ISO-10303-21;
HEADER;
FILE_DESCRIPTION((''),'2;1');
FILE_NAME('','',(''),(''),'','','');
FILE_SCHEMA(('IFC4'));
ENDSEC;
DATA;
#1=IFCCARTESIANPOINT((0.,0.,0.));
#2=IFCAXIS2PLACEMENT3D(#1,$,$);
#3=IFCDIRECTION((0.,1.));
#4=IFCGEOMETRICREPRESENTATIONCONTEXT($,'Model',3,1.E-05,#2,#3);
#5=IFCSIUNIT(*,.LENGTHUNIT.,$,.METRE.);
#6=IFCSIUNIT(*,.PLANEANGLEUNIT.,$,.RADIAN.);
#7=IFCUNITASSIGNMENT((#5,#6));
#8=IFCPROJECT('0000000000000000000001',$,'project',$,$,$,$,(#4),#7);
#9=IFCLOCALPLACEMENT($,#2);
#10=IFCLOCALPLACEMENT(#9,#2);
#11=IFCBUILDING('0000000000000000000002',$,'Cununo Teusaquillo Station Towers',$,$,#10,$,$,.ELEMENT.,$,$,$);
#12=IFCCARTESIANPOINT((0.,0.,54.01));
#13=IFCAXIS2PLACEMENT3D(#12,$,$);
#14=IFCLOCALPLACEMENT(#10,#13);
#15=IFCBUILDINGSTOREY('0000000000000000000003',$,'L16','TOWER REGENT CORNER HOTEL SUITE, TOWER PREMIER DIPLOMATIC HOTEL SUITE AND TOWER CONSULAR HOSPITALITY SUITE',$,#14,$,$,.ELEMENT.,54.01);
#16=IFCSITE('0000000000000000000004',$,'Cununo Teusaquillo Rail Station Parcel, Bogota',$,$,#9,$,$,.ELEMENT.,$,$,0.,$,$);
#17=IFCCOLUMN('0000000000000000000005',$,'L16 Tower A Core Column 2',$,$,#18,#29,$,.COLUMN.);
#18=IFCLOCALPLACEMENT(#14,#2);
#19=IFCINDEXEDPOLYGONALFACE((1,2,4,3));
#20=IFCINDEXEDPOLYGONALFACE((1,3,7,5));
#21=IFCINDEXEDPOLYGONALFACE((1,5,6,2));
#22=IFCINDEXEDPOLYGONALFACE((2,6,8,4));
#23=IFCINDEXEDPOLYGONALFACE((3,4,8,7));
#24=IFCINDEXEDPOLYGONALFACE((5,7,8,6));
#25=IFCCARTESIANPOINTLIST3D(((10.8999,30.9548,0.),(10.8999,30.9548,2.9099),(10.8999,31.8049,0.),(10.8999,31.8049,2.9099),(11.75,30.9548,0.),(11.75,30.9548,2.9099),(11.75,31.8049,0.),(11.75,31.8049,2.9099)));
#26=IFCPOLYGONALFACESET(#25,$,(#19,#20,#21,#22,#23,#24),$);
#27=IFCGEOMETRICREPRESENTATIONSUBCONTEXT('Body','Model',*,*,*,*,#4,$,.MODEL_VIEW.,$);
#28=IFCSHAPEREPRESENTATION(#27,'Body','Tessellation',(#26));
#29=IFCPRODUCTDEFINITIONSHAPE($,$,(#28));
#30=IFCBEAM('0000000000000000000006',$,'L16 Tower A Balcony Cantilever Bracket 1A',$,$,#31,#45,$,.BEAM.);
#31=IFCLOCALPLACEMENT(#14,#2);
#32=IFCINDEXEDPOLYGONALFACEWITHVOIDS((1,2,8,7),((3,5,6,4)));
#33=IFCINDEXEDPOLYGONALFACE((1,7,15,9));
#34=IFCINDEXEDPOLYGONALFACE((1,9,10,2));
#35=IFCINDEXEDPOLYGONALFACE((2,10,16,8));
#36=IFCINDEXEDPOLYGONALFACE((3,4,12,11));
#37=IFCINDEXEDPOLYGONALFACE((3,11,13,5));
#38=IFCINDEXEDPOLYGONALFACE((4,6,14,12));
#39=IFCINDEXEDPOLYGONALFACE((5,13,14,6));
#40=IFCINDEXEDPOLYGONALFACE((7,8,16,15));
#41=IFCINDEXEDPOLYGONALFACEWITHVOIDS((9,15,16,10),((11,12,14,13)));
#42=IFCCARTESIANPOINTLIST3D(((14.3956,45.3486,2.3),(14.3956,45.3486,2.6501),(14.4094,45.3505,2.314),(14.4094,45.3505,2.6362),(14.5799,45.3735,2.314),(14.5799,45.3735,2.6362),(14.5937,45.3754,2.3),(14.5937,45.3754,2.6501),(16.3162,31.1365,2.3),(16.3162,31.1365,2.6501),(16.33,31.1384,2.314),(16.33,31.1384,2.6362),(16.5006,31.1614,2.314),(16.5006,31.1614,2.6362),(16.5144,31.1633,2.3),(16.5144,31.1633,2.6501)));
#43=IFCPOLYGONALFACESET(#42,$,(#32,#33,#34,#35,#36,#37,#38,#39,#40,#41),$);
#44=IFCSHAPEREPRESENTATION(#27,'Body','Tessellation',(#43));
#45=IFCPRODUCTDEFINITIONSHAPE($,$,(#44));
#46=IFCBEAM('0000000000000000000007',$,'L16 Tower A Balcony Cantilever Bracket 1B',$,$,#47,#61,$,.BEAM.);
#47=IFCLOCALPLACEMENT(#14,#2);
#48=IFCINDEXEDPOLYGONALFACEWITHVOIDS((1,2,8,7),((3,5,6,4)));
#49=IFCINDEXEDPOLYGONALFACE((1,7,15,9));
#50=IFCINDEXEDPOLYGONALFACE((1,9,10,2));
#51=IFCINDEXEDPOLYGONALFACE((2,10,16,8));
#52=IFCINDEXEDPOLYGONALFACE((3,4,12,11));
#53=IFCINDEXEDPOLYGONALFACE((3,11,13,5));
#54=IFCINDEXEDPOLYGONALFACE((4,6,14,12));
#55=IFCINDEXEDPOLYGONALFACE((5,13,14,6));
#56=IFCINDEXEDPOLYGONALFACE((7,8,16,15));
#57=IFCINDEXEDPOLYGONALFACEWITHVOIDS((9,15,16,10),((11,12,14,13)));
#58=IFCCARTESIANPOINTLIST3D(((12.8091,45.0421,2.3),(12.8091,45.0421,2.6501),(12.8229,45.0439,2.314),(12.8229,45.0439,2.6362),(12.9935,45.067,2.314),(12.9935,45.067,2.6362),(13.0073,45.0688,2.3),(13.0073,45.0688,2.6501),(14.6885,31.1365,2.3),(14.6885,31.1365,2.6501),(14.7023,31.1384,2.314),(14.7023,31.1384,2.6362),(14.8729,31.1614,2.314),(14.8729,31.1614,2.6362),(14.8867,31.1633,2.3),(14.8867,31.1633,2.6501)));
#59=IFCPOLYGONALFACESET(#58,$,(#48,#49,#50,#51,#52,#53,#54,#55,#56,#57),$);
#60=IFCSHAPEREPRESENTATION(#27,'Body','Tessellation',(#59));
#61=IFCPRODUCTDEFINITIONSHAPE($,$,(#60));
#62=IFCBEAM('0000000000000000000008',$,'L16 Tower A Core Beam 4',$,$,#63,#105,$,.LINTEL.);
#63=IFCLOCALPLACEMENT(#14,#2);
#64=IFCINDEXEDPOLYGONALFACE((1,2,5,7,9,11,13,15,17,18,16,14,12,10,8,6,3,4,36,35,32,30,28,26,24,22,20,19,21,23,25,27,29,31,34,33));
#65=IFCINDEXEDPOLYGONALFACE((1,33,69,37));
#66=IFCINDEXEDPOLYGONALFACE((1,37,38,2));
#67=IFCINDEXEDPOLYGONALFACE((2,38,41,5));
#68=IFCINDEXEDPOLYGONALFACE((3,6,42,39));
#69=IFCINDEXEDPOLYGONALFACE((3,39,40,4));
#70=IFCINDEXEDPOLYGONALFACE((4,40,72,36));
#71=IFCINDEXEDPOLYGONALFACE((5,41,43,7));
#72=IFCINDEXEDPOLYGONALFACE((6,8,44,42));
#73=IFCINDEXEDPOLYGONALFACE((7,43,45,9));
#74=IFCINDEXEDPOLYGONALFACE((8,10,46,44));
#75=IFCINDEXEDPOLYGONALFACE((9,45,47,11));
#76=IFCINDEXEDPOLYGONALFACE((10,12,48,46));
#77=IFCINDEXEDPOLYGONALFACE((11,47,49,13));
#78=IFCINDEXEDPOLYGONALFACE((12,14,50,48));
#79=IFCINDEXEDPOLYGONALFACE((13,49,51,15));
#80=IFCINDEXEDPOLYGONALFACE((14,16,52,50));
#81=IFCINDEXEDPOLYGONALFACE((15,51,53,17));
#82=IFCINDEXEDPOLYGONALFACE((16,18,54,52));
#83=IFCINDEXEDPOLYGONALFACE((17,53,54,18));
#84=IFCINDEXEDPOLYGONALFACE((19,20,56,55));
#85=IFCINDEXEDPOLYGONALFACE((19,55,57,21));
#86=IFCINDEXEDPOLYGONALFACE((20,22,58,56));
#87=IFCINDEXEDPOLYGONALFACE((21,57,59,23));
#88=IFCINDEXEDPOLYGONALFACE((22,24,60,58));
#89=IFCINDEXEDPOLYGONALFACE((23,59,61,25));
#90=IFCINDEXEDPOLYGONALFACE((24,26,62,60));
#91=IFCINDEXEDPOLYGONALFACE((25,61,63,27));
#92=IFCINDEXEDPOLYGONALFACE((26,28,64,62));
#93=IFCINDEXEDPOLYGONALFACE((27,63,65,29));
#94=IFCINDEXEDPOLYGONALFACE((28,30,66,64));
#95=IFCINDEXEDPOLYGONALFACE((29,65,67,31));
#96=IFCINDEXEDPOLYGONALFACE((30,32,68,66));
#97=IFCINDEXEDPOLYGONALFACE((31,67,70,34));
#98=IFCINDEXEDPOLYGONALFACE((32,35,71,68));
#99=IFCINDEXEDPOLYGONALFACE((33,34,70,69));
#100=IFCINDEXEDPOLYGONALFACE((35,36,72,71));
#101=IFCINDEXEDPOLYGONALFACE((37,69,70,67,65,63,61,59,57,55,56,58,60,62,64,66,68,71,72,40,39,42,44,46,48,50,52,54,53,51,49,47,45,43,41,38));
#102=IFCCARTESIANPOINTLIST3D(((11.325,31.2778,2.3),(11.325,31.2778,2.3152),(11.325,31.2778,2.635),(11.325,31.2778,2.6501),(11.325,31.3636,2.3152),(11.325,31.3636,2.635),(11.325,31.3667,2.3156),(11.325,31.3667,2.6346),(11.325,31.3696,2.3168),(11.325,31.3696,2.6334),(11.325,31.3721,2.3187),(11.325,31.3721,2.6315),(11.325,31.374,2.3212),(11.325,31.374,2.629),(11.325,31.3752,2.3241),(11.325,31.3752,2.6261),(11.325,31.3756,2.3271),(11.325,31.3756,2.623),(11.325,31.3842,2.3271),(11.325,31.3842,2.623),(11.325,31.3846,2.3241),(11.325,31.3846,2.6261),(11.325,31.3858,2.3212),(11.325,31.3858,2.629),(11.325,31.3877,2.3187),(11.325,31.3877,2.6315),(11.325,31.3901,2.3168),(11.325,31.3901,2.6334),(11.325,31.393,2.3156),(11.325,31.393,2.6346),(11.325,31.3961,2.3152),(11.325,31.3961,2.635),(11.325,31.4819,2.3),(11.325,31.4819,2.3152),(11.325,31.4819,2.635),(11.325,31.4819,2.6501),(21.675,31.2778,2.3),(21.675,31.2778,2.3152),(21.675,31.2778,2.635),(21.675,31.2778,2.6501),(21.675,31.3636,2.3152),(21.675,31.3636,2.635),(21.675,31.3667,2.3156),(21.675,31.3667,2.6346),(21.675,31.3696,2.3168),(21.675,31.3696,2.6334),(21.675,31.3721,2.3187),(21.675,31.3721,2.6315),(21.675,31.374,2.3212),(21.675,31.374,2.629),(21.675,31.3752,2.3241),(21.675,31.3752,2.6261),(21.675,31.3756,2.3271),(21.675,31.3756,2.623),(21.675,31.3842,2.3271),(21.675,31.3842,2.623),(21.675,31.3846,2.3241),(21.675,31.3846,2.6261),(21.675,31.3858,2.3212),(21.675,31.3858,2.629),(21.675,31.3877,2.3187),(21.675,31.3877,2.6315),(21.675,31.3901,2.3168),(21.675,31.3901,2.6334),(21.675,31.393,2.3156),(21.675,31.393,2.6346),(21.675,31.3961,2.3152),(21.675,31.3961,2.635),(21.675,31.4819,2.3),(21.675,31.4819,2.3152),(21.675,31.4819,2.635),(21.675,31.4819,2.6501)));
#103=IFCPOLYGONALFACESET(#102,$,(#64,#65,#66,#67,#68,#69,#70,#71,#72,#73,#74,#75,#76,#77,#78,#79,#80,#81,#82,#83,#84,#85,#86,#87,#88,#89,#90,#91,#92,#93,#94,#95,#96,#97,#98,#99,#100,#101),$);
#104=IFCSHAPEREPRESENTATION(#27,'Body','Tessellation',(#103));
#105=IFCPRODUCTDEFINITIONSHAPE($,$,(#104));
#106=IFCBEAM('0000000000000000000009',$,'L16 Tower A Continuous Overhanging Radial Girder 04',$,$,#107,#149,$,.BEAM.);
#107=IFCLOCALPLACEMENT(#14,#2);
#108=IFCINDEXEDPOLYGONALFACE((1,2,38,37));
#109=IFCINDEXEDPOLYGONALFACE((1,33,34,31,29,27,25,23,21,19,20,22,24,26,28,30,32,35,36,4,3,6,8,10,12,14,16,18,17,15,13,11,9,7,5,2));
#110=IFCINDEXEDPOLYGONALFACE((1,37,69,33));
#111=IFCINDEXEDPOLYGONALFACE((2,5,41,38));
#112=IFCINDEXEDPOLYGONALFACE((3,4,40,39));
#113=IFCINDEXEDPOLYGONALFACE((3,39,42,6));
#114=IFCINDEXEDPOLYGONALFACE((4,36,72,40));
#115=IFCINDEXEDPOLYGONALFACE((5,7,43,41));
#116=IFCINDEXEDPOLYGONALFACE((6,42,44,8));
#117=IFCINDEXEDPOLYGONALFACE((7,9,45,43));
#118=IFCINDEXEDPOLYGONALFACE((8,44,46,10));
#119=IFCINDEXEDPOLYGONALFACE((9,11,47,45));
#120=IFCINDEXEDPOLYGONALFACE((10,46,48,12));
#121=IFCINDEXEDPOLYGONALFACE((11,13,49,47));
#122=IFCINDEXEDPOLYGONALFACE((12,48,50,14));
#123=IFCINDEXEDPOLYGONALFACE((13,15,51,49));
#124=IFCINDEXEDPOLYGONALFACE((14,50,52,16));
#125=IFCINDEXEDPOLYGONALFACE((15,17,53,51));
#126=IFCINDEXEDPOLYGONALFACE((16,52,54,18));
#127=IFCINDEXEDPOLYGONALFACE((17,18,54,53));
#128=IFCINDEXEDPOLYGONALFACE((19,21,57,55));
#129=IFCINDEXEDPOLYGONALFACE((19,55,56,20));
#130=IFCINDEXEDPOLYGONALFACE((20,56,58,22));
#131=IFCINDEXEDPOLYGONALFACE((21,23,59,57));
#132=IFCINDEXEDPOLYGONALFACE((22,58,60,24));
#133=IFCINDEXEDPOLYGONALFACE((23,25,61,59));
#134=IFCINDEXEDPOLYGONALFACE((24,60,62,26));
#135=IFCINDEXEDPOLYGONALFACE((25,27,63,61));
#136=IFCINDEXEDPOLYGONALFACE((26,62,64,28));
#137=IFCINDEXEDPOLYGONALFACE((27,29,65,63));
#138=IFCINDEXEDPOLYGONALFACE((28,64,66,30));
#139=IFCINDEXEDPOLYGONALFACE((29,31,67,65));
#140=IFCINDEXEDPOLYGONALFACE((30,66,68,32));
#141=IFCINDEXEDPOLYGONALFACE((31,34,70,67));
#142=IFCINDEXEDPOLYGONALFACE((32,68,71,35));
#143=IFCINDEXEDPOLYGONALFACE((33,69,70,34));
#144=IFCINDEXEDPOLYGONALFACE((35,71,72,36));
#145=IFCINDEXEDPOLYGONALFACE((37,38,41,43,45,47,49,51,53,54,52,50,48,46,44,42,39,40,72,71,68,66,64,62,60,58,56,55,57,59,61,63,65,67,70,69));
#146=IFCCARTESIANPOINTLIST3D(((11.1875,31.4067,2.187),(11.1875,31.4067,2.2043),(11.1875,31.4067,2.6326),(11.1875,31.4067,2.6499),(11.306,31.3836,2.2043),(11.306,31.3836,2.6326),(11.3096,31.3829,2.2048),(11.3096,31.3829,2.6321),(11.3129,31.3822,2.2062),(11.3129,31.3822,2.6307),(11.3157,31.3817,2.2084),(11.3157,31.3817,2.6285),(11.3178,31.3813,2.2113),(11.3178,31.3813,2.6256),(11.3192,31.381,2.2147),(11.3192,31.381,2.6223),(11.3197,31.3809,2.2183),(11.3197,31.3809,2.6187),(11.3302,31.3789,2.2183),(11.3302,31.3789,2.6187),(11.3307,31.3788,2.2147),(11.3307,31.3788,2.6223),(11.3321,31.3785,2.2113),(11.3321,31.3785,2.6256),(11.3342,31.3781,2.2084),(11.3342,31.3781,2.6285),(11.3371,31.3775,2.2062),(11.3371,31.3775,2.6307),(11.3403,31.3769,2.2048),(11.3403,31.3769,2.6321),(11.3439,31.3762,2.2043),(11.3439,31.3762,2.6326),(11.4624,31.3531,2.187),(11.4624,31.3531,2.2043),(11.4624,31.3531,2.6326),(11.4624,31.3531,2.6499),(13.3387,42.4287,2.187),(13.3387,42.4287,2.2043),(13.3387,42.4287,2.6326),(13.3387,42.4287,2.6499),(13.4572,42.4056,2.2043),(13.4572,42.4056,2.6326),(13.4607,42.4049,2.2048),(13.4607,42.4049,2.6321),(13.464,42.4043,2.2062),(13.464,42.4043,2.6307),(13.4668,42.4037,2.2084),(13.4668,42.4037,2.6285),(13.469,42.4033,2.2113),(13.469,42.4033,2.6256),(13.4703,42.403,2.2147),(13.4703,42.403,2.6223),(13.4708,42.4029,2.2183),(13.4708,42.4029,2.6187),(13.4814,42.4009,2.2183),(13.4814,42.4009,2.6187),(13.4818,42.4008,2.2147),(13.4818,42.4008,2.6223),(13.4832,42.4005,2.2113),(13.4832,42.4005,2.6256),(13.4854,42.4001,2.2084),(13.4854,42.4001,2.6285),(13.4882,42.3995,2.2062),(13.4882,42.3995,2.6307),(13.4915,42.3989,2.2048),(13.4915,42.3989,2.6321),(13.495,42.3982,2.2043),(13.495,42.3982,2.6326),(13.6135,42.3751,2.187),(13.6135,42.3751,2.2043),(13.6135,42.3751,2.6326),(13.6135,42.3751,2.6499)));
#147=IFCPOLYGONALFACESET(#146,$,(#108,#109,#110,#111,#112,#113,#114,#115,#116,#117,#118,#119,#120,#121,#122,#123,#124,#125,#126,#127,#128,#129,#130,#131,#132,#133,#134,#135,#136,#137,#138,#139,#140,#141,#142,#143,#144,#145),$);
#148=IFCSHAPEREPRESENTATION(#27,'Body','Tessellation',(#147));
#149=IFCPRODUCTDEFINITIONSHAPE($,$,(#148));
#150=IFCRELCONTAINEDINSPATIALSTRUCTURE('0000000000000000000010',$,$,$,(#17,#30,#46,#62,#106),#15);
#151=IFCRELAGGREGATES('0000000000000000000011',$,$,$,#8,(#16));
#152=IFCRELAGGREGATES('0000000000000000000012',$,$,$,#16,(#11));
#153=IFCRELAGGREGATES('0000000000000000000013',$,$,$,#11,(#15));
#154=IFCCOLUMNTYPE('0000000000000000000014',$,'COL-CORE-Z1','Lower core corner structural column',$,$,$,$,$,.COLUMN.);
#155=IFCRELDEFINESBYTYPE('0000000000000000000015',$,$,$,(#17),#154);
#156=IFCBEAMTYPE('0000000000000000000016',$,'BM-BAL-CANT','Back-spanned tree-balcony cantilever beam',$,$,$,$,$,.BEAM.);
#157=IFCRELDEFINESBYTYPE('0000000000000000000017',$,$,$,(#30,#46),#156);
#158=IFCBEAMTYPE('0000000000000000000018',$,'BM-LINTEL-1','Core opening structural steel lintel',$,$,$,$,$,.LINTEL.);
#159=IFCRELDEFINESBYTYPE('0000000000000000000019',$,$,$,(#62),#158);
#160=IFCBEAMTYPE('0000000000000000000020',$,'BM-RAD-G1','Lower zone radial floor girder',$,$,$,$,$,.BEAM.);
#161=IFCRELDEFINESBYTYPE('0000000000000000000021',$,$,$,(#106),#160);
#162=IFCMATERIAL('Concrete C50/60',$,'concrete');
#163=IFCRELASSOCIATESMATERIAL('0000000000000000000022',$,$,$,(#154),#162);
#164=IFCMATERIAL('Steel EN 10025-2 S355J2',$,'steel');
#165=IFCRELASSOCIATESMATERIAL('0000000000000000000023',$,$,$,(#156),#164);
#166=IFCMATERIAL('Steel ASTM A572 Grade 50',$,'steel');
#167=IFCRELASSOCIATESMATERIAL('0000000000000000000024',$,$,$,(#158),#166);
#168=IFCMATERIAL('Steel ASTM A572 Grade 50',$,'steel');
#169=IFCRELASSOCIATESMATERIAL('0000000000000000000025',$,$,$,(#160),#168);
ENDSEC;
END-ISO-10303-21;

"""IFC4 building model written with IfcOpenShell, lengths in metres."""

from ifc_helpers import new_model, si_unit, direction, frame, origin, origin_2d, place, context, subcontext, project, spatial, rectangle, hollow_rectangle, i_section, extrude, material, material_profile, profile_set, type_object, element, save


model = new_model("IFC4")

# Units and contexts
model_context = context("Model", 3, precision=1e-05, world=origin(), true_north=direction((0.0, 1.0)))
body_context = subcontext(model_context, "Body", "Model", "MODEL_VIEW")
ifc_project = project(units=[si_unit("LENGTHUNIT", "METRE"), si_unit("PLANEANGLEUNIT", "RADIAN")], contexts=[model_context])

# Site, building, storey
site_placement = place(None, origin())
site = spatial("IfcSite", under=ifc_project, at=site_placement, Name="Cununo Teusaquillo Rail Station Parcel, Bogota", CompositionType="ELEMENT", RefElevation=0.0)
building_placement = place(site_placement, origin())
building = spatial("IfcBuilding", under=site, at=building_placement, Name="Cununo Teusaquillo Station Towers", CompositionType="ELEMENT")
storey_placement = place(building_placement, frame((0.0, 0.0, 54.01)))
storey = spatial("IfcBuildingStorey", under=building, at=storey_placement, Name="L16", Description="TOWER REGENT CORNER HOTEL SUITE, TOWER PREMIER DIPLOMATIC HOTEL SUITE AND TOWER CONSULAR HOSPITALITY SUITE", CompositionType="ELEMENT", Elevation=54.01)

# Column
ifc_material_1 = material(Name="Concrete C50/60", Category="concrete")
ifc_material_profile_1 = material_profile(ifc_material_1, rectangle(XDim=0.8501, YDim=0.8501, at=origin_2d()), Name="RC-RECT-850x850")
ifc_profile_set_1 = profile_set([ifc_material_profile_1], Name="Concrete C50/60")
column_type = type_object("IfcColumnType", Name="COL-CORE-Z1", Description="Lower core corner structural column", PredefinedType="COLUMN", material=ifc_profile_set_1)
column_placement = place(storey_placement, frame((11.325, 31.3799, 0.0), z_axis=(0.0, 0.0, 1.0), x_axis=(1.0, 0.0, 0.0)))
element("IfcColumn", 1, at=column_placement, inside=storey, type_object=column_type, Name="L16 Tower A Core Column 2", PredefinedType="COLUMN", context=body_context, shape_type="SweptSolid", body=[
    extrude(rectangle(XDim=0.8501, YDim=0.8501, at=origin_2d()), origin(), (0.0, 0.0, 1.0), 2.9099),
])

# Beams
ifc_material_2 = material(Name="Steel EN 10025-2 S355J2", Category="steel")
ifc_material_profile_2 = material_profile(ifc_material_2, hollow_rectangle(XDim=0.2, YDim=0.3501, WallThickness=0.0139, at=origin_2d()), Name="RHS 350x200x14")
ifc_profile_set_2 = profile_set([ifc_material_profile_2], Name="Steel EN 10025-2 S355J2")
beam_type_1 = type_object("IfcBeamType", Name="BM-BAL-CANT", Description="Back-spanned tree-balcony cantilever beam", PredefinedType="BEAM", material=ifc_profile_set_2)
beam_1_placement = place(storey_placement, frame((16.4153, 31.1499, 2.4751), z_axis=(-0.133924, 0.990992, 0.0), x_axis=(-0.990992, -0.133924, 0.0)))
element("IfcBeam", 2, at=beam_1_placement, inside=storey, type_object=beam_type_1, Name="L16 Tower A Balcony Cantilever Bracket 1A", PredefinedType="BEAM", context=body_context, shape_type="SweptSolid", body=[
    extrude(hollow_rectangle(XDim=0.2, YDim=0.3501, WallThickness=0.0139, at=origin_2d()), origin(), (0.0, 0.0, 1.0), 14.3413),
])
beam_2_placement = place(storey_placement, frame((14.7876, 31.1499, 2.4751), z_axis=(-0.133937, 0.99099, 0.0), x_axis=(-0.99099, -0.133937, 0.0)))
element("IfcBeam", 3, at=beam_2_placement, inside=storey, type_object=beam_type_1, Name="L16 Tower A Balcony Cantilever Bracket 1B", PredefinedType="BEAM", context=body_context, shape_type="SweptSolid", body=[
    extrude(hollow_rectangle(XDim=0.2, YDim=0.3501, WallThickness=0.0139, at=origin_2d()), origin(), (0.0, 0.0, 1.0), 14.032),
])
ifc_material_3 = material(Name="Steel ASTM A572 Grade 50", Category="steel")
ifc_material_profile_3 = material_profile(ifc_material_3, i_section(OverallWidth=0.2041, OverallDepth=0.3501, WebThickness=0.0085, FlangeThickness=0.0151, FilletRadius=0.012, at=origin_2d()), Name="W14X48")
ifc_profile_set_3 = profile_set([ifc_material_profile_3], Name="Steel ASTM A572 Grade 50")
beam_type_2 = type_object("IfcBeamType", Name="BM-LINTEL-1", Description="Core opening structural steel lintel", PredefinedType="LINTEL", material=ifc_profile_set_3)
beam_3_placement = place(storey_placement, frame((11.325, 31.3799, 2.4751), z_axis=(1.0, 0.0, 0.0), x_axis=(0.0, 1.0, 0.0)))
element("IfcBeam", 4, at=beam_3_placement, inside=storey, type_object=beam_type_2, Name="L16 Tower A Core Beam 4", PredefinedType="LINTEL", context=body_context, shape_type="SweptSolid", body=[
    extrude(i_section(OverallWidth=0.2041, OverallDepth=0.3501, WebThickness=0.0085, FlangeThickness=0.0151, FilletRadius=0.012, at=origin_2d()), origin(), (0.0, 0.0, 1.0), 10.3501),
])
ifc_material_4 = material(Name="Steel ASTM A572 Grade 50", Category="steel")
ifc_material_profile_4 = material_profile(ifc_material_4, i_section(OverallWidth=0.28, OverallDepth=0.4629, WebThickness=0.0107, FlangeThickness=0.0173, FilletRadius=0.0139, at=origin_2d()), Name="W18X76")
ifc_profile_set_4 = profile_set([ifc_material_profile_4], Name="Steel ASTM A572 Grade 50")
beam_type_3 = type_object("IfcBeamType", Name="BM-RAD-G1", Description="Lower zone radial floor girder", PredefinedType="BEAM", material=ifc_profile_set_4)
beam_4_placement = place(storey_placement, frame((11.325, 31.3799, 2.4185), z_axis=(0.191553, 0.981482, 0.0), x_axis=(-0.981482, 0.191553, 0.0)))
element("IfcBeam", 5, at=beam_4_placement, inside=storey, type_object=beam_type_3, Name="L16 Tower A Continuous Overhanging Radial Girder 04", PredefinedType="BEAM", context=body_context, shape_type="SweptSolid", body=[
    extrude(i_section(OverallWidth=0.28, OverallDepth=0.4629, WebThickness=0.0107, FlangeThickness=0.0173, FilletRadius=0.0139, at=origin_2d()), origin(), (0.0, 0.0, 1.0), 11.23),
])

save(model, "model.ifc")
